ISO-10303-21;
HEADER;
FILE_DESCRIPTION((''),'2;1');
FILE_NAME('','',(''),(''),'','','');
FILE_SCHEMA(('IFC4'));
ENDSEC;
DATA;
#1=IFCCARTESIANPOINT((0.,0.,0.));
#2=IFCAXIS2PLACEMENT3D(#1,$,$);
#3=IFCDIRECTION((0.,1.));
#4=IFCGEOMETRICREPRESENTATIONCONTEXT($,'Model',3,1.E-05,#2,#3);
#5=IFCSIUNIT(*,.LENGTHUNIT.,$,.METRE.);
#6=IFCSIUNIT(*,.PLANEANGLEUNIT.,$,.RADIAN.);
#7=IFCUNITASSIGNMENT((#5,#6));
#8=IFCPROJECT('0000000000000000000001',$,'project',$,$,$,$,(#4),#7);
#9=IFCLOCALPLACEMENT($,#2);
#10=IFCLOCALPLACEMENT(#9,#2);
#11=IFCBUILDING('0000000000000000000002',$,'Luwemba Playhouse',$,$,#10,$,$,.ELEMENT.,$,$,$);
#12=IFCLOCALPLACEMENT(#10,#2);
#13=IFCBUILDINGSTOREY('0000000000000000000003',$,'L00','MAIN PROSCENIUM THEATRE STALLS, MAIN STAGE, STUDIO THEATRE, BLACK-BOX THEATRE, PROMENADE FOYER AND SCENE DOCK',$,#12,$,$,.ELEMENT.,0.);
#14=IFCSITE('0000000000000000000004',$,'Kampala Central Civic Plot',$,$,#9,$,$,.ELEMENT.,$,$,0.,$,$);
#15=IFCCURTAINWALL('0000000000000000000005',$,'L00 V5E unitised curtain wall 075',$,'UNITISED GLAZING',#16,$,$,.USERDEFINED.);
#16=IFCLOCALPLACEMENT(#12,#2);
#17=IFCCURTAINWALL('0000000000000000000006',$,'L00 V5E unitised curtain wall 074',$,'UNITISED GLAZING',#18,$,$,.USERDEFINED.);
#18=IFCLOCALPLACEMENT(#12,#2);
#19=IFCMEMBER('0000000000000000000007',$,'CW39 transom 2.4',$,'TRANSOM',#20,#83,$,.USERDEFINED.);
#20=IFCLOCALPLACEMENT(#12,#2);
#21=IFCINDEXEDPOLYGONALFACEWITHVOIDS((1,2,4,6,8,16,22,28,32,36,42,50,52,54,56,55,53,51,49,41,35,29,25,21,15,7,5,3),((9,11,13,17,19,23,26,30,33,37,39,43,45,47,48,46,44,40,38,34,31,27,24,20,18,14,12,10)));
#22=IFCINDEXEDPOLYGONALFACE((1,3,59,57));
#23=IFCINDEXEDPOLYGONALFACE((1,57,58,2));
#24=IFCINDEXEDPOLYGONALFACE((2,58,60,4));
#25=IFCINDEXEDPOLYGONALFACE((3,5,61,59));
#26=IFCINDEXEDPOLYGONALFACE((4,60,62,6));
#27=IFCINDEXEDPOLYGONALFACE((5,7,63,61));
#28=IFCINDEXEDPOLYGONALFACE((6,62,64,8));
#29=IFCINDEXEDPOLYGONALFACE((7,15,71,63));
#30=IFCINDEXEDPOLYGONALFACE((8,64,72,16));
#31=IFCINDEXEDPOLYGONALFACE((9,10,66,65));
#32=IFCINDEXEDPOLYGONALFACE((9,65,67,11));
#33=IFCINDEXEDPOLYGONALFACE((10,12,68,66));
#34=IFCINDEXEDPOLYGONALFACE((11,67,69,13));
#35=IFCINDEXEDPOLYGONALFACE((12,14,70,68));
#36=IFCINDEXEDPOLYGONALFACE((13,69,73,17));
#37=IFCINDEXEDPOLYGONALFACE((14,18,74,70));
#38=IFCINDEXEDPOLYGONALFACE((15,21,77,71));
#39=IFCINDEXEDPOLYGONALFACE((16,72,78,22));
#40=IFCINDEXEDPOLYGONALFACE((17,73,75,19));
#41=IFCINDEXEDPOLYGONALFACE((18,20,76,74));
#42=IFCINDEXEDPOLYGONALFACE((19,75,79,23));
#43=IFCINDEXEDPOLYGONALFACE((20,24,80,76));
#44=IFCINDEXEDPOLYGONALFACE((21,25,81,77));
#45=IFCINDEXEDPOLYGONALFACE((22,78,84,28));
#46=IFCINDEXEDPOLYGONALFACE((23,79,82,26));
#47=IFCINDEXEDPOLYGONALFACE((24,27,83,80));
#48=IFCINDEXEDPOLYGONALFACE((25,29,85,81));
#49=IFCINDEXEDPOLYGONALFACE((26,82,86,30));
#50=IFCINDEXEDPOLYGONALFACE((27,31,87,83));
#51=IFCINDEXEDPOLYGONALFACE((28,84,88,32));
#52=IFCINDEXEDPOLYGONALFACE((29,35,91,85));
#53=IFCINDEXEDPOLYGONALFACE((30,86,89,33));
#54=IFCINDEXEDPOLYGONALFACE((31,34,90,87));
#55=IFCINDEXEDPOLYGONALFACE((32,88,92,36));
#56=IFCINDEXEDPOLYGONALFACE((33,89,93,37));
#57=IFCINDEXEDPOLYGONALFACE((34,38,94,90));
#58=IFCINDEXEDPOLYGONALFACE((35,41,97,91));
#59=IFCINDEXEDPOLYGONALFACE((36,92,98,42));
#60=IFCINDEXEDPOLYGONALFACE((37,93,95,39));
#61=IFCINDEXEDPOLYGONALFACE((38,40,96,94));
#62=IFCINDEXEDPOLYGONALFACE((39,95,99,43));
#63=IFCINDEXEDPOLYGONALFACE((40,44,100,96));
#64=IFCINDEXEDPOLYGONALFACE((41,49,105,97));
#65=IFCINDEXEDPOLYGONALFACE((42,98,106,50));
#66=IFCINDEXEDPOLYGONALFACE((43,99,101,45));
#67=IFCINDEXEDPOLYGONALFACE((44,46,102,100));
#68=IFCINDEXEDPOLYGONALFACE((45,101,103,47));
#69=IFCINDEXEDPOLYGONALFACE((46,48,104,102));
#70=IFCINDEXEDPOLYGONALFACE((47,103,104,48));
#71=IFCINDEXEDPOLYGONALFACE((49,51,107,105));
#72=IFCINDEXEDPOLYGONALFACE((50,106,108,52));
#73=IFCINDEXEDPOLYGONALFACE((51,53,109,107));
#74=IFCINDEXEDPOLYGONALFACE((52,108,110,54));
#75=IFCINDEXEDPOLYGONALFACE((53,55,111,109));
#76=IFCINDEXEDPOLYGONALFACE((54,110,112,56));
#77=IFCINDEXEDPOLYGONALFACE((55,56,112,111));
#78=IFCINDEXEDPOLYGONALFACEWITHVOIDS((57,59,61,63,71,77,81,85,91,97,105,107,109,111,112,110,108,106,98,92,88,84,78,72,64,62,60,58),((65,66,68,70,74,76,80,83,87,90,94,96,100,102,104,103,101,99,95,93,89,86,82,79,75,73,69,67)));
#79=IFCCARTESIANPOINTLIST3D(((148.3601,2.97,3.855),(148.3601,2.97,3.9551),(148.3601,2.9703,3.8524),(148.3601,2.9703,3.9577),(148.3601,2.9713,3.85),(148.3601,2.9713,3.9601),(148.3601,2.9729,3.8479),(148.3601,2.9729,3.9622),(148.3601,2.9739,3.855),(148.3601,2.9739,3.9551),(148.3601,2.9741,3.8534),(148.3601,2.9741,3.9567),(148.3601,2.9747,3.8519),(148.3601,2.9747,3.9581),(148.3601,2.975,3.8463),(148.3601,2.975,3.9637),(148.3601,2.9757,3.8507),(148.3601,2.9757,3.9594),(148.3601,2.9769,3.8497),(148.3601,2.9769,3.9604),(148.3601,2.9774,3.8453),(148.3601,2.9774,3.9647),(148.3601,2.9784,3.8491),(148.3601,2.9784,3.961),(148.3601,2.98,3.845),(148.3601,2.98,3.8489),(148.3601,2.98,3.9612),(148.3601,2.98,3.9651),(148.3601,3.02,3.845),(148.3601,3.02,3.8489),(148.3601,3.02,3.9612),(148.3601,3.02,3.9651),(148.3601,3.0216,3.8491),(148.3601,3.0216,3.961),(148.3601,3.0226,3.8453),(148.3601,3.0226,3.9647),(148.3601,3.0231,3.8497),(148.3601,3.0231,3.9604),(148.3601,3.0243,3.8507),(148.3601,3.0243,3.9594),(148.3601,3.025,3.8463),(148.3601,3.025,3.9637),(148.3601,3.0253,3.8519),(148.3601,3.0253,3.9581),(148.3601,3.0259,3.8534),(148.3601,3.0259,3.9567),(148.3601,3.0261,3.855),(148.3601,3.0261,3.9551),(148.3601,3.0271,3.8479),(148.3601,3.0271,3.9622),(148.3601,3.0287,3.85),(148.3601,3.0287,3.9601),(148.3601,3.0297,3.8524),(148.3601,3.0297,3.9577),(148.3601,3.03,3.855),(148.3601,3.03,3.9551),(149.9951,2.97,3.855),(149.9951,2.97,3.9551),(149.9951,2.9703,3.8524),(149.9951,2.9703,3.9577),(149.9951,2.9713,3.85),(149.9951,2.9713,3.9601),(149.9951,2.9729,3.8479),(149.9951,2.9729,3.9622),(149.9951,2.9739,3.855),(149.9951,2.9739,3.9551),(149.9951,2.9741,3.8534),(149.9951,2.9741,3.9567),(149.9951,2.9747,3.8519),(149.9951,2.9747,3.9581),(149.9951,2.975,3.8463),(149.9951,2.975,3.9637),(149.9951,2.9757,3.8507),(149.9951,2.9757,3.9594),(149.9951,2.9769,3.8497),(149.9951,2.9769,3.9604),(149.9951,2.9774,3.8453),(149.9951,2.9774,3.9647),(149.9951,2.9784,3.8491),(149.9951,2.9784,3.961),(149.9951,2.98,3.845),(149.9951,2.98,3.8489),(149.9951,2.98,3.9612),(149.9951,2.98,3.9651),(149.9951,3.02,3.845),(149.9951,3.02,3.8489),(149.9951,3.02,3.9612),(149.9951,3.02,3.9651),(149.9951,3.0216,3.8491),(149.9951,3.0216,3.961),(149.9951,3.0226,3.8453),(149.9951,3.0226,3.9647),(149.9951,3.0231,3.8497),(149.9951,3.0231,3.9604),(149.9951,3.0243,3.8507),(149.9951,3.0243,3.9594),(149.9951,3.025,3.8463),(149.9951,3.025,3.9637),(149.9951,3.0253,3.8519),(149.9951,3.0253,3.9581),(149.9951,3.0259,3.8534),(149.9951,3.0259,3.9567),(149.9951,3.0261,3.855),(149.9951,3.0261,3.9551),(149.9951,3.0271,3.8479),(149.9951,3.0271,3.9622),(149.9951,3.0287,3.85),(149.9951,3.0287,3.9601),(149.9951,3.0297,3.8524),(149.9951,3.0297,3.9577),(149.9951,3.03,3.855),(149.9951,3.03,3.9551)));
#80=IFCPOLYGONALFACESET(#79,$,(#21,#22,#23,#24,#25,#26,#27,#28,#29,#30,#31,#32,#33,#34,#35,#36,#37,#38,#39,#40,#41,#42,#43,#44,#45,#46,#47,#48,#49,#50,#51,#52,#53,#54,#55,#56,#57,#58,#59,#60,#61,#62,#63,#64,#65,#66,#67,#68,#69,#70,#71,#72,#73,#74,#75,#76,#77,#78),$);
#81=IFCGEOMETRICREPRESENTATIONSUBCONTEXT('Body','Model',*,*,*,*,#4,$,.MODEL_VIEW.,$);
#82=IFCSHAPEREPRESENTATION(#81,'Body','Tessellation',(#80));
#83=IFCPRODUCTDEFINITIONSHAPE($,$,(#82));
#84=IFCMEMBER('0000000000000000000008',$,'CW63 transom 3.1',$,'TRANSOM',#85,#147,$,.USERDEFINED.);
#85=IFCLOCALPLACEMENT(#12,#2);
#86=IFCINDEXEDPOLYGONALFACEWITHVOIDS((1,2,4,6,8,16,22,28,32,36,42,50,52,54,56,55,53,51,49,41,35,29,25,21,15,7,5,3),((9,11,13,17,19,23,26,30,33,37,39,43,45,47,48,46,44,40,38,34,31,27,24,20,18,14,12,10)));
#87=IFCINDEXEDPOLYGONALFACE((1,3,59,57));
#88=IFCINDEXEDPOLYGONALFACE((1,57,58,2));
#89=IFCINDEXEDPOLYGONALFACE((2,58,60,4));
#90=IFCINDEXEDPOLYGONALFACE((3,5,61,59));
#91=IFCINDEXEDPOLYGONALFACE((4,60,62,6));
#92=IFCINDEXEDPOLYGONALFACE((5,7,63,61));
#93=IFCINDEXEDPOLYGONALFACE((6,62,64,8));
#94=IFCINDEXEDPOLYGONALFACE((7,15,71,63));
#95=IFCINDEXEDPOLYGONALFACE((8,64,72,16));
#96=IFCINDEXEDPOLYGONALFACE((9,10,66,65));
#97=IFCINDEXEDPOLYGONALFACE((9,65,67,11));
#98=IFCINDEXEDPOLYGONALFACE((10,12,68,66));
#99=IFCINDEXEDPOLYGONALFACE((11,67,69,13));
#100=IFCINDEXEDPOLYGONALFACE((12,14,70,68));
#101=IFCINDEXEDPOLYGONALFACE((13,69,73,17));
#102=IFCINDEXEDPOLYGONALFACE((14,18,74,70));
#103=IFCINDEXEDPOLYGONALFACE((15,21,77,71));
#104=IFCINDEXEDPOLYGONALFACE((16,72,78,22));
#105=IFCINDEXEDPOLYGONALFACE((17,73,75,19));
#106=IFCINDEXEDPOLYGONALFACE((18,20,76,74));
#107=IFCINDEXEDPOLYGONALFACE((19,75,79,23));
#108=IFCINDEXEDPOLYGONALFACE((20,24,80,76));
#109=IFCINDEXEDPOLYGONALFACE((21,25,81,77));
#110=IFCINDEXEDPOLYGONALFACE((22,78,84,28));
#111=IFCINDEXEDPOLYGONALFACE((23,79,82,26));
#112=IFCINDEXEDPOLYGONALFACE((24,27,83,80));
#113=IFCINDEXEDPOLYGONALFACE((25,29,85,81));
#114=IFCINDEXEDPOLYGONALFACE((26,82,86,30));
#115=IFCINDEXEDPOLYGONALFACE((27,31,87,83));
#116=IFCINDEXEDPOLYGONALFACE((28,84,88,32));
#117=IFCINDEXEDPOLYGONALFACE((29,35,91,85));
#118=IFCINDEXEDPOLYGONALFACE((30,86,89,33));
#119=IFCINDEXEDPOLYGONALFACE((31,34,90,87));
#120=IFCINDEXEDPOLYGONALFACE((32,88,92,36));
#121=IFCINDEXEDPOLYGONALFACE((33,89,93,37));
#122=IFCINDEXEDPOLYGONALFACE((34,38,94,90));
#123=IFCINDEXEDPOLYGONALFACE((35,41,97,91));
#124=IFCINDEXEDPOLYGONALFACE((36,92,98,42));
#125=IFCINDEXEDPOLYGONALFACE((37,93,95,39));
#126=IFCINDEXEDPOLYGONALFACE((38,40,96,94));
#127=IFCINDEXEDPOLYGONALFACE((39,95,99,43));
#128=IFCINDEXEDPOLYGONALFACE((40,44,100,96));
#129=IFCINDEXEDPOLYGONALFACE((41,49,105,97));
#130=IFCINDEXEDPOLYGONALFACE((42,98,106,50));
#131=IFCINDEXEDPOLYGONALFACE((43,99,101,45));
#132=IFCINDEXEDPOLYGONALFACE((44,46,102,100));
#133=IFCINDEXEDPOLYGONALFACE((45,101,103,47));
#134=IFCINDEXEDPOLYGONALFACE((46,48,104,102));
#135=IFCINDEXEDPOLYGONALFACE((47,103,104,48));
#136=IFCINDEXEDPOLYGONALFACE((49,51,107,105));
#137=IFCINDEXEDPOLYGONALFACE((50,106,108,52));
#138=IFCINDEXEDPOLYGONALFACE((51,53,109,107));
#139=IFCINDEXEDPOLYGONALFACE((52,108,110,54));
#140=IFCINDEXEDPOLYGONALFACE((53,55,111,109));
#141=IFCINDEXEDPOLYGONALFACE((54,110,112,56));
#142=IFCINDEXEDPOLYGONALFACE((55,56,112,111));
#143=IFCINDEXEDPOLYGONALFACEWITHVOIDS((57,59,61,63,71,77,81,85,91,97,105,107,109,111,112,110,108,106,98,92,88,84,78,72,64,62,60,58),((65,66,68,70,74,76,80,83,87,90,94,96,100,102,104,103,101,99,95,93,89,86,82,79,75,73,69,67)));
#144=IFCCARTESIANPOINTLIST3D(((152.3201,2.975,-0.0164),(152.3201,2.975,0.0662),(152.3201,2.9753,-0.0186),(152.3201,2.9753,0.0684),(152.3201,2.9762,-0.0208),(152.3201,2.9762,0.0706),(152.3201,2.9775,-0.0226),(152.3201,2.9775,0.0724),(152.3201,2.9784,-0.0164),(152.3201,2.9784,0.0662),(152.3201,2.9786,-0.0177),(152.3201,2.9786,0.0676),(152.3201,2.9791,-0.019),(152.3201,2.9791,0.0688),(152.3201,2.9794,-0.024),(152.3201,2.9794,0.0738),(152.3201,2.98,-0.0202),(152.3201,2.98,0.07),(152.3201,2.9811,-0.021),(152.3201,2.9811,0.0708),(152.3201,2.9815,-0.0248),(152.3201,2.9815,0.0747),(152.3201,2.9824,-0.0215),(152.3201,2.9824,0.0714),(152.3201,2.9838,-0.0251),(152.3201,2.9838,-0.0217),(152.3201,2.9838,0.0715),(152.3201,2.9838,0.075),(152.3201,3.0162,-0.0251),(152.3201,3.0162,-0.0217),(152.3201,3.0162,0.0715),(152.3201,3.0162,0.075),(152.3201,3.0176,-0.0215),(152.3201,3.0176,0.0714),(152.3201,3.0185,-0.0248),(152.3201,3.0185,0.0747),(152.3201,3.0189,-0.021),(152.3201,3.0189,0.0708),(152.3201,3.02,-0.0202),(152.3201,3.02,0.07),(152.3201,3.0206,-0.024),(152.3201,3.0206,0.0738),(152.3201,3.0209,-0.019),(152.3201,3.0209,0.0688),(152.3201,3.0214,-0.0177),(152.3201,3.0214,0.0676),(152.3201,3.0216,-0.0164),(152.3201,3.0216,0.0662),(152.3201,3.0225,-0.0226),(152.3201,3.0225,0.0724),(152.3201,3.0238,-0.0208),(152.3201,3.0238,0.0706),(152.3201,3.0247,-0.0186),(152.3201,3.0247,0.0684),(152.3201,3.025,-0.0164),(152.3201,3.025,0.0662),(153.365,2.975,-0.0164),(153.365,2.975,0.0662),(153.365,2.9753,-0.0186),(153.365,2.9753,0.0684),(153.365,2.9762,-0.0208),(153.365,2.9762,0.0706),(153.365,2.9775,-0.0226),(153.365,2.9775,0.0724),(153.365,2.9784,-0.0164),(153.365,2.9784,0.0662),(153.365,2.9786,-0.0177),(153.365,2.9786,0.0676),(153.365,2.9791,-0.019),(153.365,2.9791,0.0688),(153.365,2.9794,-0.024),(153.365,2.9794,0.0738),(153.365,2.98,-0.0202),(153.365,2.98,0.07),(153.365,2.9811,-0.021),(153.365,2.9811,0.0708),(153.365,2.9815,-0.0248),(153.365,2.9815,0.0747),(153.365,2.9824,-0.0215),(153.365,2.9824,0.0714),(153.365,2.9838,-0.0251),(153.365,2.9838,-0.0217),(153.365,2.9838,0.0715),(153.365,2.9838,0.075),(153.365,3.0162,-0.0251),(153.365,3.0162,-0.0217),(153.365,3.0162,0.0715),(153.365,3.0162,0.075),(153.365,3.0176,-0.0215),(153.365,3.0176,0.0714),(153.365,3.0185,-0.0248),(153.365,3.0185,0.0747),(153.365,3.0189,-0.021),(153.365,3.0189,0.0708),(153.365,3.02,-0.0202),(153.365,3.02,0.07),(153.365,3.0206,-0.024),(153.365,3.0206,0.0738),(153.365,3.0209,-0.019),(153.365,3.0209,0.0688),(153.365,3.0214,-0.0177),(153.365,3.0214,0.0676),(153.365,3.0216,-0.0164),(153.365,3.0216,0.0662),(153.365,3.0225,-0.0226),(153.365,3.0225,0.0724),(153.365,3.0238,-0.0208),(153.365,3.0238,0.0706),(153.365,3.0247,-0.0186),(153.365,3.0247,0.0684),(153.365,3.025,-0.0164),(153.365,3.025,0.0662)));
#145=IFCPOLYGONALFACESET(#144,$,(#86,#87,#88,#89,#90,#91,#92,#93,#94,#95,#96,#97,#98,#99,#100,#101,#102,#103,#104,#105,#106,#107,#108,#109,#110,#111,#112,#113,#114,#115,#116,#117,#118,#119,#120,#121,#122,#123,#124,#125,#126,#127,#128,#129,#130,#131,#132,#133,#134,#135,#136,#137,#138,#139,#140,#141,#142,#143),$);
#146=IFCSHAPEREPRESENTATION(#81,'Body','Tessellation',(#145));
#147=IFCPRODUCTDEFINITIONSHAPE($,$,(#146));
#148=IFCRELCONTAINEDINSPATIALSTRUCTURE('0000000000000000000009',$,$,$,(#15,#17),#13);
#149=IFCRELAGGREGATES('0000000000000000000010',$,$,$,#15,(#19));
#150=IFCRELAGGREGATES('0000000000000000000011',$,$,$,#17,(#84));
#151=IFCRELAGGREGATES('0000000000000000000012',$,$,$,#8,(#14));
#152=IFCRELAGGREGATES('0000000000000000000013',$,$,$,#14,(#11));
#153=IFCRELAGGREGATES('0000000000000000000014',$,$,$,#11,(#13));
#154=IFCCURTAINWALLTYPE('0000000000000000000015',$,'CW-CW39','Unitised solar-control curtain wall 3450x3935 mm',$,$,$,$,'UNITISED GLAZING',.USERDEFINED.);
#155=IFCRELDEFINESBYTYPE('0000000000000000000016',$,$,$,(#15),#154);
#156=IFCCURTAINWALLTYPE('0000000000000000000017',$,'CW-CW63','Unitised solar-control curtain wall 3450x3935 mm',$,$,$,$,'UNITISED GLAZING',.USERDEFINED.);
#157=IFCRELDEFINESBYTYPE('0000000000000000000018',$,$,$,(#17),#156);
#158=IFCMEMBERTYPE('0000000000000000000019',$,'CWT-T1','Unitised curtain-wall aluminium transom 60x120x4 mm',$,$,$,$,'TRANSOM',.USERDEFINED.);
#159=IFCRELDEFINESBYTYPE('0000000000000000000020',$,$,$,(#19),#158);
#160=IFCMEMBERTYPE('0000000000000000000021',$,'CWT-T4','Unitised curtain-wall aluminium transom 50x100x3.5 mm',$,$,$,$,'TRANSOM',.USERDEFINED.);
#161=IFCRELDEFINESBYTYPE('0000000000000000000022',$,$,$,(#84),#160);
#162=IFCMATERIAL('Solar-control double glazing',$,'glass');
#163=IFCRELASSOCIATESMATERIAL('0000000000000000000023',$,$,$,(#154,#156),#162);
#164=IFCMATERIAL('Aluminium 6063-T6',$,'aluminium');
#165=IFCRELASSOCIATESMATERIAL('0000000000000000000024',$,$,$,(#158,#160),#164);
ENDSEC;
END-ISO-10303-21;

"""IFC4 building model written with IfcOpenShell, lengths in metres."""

from ifc_helpers import new_model, si_unit, direction, frame, origin, origin_2d, place, context, subcontext, project, spatial, hollow_rectangle, extrude, material, material_profile, profile_set, type_object, element, aggregate, save


model = new_model("IFC4")

# Units and contexts
model_context = context("Model", 3, precision=1e-05, world=origin(), true_north=direction((0.0, 1.0)))
body_context = subcontext(model_context, "Body", "Model", "MODEL_VIEW")
ifc_project = project(units=[si_unit("LENGTHUNIT", "METRE"), si_unit("PLANEANGLEUNIT", "RADIAN")], contexts=[model_context])

# Site, building, storey
site_placement = place(None, origin())
site = spatial("IfcSite", under=ifc_project, at=site_placement, Name="Kampala Central Civic Plot", CompositionType="ELEMENT", RefElevation=0.0)
building_placement = place(site_placement, origin())
building = spatial("IfcBuilding", under=site, at=building_placement, Name="Luwemba Playhouse", CompositionType="ELEMENT")
storey_placement = place(building_placement, origin())
storey = spatial("IfcBuildingStorey", under=building, at=storey_placement, Name="L00", Description="MAIN PROSCENIUM THEATRE STALLS, MAIN STAGE, STUDIO THEATRE, BLACK-BOX THEATRE, PROMENADE FOYER AND SCENE DOCK", CompositionType="ELEMENT", Elevation=0.0)

# Curtain wall
ifc_material_1 = material(Name="Solar-control double glazing", Category="glass")
curtain_wall_type_1 = type_object("IfcCurtainWallType", Name="CW-CW39", Description="Unitised solar-control curtain wall 3450x3935 mm", ElementType="UNITISED GLAZING", PredefinedType="USERDEFINED", material=ifc_material_1)
curtain_wall_1_placement = place(storey_placement, origin())
curtain_wall_1 = element("IfcCurtainWall", 1, at=curtain_wall_1_placement, inside=storey, type_object=curtain_wall_type_1, Name="L00 V5E unitised curtain wall 075", ObjectType="UNITISED GLAZING", PredefinedType="USERDEFINED")
ifc_material_2 = material(Name="Aluminium 6063-T6", Category="aluminium")

# Curtain wall
curtain_wall_type_2 = type_object("IfcCurtainWallType", Name="CW-CW63", Description="Unitised solar-control curtain wall 3450x3935 mm", ElementType="UNITISED GLAZING", PredefinedType="USERDEFINED", material=ifc_material_1)
curtain_wall_2_placement = place(storey_placement, origin())
curtain_wall_2 = element("IfcCurtainWall", 2, at=curtain_wall_2_placement, inside=storey, type_object=curtain_wall_type_2, Name="L00 V5E unitised curtain wall 074", ObjectType="UNITISED GLAZING", PredefinedType="USERDEFINED")

# Members
ifc_material_profile_1 = material_profile(ifc_material_2, hollow_rectangle(XDim=0.0601, YDim=0.1201, WallThickness=0.0039, InnerFilletRadius=0.0061, OuterFilletRadius=0.01, at=origin_2d()))
ifc_profile_set_1 = profile_set([ifc_material_profile_1], Name="Aluminium 6063-T6")
member_type_1 = type_object("IfcMemberType", Name="CWT-T1", Description="Unitised curtain-wall aluminium transom 60x120x4 mm", ElementType="TRANSOM", PredefinedType="USERDEFINED", material=ifc_profile_set_1)
member_1_placement = place(storey_placement, frame((149.9951, 3.0, 3.905), z_axis=(-1.0, 0.0, 0.0), x_axis=(0.0, -1.0, 0.0)))
member_1 = element("IfcMember", 3, at=member_1_placement, type_object=member_type_1, Name="CW39 transom 2.4", ObjectType="TRANSOM", PredefinedType="USERDEFINED", context=body_context, shape_type="SweptSolid", body=[
    extrude(hollow_rectangle(XDim=0.0601, YDim=0.1201, WallThickness=0.0039, InnerFilletRadius=0.0061, OuterFilletRadius=0.01, at=origin_2d()), origin(), (0.0, 0.0, 1.0), 1.635),
])
ifc_material_profile_2 = material_profile(ifc_material_2, hollow_rectangle(XDim=0.05, YDim=0.1001, WallThickness=0.0034, InnerFilletRadius=0.0054, OuterFilletRadius=0.0088, at=origin_2d()))
ifc_profile_set_2 = profile_set([ifc_material_profile_2], Name="Aluminium 6063-T6")
member_type_2 = type_object("IfcMemberType", Name="CWT-T4", Description="Unitised curtain-wall aluminium transom 50x100x3.5 mm", ElementType="TRANSOM", PredefinedType="USERDEFINED", material=ifc_profile_set_2)
member_2_placement = place(storey_placement, frame((153.365, 3.0, 0.0249), z_axis=(-1.0, 0.0, 0.0), x_axis=(0.0, -1.0, 0.0)))
member_2 = element("IfcMember", 4, at=member_2_placement, type_object=member_type_2, Name="CW63 transom 3.1", ObjectType="TRANSOM", PredefinedType="USERDEFINED", context=body_context, shape_type="SweptSolid", body=[
    extrude(hollow_rectangle(XDim=0.05, YDim=0.1001, WallThickness=0.0034, InnerFilletRadius=0.0054, OuterFilletRadius=0.0088, at=origin_2d()), origin(), (0.0, 0.0, 1.0), 1.0449),
])

aggregate(curtain_wall_1, [member_1])
aggregate(curtain_wall_2, [member_2])

save(model, "model.ifc")
